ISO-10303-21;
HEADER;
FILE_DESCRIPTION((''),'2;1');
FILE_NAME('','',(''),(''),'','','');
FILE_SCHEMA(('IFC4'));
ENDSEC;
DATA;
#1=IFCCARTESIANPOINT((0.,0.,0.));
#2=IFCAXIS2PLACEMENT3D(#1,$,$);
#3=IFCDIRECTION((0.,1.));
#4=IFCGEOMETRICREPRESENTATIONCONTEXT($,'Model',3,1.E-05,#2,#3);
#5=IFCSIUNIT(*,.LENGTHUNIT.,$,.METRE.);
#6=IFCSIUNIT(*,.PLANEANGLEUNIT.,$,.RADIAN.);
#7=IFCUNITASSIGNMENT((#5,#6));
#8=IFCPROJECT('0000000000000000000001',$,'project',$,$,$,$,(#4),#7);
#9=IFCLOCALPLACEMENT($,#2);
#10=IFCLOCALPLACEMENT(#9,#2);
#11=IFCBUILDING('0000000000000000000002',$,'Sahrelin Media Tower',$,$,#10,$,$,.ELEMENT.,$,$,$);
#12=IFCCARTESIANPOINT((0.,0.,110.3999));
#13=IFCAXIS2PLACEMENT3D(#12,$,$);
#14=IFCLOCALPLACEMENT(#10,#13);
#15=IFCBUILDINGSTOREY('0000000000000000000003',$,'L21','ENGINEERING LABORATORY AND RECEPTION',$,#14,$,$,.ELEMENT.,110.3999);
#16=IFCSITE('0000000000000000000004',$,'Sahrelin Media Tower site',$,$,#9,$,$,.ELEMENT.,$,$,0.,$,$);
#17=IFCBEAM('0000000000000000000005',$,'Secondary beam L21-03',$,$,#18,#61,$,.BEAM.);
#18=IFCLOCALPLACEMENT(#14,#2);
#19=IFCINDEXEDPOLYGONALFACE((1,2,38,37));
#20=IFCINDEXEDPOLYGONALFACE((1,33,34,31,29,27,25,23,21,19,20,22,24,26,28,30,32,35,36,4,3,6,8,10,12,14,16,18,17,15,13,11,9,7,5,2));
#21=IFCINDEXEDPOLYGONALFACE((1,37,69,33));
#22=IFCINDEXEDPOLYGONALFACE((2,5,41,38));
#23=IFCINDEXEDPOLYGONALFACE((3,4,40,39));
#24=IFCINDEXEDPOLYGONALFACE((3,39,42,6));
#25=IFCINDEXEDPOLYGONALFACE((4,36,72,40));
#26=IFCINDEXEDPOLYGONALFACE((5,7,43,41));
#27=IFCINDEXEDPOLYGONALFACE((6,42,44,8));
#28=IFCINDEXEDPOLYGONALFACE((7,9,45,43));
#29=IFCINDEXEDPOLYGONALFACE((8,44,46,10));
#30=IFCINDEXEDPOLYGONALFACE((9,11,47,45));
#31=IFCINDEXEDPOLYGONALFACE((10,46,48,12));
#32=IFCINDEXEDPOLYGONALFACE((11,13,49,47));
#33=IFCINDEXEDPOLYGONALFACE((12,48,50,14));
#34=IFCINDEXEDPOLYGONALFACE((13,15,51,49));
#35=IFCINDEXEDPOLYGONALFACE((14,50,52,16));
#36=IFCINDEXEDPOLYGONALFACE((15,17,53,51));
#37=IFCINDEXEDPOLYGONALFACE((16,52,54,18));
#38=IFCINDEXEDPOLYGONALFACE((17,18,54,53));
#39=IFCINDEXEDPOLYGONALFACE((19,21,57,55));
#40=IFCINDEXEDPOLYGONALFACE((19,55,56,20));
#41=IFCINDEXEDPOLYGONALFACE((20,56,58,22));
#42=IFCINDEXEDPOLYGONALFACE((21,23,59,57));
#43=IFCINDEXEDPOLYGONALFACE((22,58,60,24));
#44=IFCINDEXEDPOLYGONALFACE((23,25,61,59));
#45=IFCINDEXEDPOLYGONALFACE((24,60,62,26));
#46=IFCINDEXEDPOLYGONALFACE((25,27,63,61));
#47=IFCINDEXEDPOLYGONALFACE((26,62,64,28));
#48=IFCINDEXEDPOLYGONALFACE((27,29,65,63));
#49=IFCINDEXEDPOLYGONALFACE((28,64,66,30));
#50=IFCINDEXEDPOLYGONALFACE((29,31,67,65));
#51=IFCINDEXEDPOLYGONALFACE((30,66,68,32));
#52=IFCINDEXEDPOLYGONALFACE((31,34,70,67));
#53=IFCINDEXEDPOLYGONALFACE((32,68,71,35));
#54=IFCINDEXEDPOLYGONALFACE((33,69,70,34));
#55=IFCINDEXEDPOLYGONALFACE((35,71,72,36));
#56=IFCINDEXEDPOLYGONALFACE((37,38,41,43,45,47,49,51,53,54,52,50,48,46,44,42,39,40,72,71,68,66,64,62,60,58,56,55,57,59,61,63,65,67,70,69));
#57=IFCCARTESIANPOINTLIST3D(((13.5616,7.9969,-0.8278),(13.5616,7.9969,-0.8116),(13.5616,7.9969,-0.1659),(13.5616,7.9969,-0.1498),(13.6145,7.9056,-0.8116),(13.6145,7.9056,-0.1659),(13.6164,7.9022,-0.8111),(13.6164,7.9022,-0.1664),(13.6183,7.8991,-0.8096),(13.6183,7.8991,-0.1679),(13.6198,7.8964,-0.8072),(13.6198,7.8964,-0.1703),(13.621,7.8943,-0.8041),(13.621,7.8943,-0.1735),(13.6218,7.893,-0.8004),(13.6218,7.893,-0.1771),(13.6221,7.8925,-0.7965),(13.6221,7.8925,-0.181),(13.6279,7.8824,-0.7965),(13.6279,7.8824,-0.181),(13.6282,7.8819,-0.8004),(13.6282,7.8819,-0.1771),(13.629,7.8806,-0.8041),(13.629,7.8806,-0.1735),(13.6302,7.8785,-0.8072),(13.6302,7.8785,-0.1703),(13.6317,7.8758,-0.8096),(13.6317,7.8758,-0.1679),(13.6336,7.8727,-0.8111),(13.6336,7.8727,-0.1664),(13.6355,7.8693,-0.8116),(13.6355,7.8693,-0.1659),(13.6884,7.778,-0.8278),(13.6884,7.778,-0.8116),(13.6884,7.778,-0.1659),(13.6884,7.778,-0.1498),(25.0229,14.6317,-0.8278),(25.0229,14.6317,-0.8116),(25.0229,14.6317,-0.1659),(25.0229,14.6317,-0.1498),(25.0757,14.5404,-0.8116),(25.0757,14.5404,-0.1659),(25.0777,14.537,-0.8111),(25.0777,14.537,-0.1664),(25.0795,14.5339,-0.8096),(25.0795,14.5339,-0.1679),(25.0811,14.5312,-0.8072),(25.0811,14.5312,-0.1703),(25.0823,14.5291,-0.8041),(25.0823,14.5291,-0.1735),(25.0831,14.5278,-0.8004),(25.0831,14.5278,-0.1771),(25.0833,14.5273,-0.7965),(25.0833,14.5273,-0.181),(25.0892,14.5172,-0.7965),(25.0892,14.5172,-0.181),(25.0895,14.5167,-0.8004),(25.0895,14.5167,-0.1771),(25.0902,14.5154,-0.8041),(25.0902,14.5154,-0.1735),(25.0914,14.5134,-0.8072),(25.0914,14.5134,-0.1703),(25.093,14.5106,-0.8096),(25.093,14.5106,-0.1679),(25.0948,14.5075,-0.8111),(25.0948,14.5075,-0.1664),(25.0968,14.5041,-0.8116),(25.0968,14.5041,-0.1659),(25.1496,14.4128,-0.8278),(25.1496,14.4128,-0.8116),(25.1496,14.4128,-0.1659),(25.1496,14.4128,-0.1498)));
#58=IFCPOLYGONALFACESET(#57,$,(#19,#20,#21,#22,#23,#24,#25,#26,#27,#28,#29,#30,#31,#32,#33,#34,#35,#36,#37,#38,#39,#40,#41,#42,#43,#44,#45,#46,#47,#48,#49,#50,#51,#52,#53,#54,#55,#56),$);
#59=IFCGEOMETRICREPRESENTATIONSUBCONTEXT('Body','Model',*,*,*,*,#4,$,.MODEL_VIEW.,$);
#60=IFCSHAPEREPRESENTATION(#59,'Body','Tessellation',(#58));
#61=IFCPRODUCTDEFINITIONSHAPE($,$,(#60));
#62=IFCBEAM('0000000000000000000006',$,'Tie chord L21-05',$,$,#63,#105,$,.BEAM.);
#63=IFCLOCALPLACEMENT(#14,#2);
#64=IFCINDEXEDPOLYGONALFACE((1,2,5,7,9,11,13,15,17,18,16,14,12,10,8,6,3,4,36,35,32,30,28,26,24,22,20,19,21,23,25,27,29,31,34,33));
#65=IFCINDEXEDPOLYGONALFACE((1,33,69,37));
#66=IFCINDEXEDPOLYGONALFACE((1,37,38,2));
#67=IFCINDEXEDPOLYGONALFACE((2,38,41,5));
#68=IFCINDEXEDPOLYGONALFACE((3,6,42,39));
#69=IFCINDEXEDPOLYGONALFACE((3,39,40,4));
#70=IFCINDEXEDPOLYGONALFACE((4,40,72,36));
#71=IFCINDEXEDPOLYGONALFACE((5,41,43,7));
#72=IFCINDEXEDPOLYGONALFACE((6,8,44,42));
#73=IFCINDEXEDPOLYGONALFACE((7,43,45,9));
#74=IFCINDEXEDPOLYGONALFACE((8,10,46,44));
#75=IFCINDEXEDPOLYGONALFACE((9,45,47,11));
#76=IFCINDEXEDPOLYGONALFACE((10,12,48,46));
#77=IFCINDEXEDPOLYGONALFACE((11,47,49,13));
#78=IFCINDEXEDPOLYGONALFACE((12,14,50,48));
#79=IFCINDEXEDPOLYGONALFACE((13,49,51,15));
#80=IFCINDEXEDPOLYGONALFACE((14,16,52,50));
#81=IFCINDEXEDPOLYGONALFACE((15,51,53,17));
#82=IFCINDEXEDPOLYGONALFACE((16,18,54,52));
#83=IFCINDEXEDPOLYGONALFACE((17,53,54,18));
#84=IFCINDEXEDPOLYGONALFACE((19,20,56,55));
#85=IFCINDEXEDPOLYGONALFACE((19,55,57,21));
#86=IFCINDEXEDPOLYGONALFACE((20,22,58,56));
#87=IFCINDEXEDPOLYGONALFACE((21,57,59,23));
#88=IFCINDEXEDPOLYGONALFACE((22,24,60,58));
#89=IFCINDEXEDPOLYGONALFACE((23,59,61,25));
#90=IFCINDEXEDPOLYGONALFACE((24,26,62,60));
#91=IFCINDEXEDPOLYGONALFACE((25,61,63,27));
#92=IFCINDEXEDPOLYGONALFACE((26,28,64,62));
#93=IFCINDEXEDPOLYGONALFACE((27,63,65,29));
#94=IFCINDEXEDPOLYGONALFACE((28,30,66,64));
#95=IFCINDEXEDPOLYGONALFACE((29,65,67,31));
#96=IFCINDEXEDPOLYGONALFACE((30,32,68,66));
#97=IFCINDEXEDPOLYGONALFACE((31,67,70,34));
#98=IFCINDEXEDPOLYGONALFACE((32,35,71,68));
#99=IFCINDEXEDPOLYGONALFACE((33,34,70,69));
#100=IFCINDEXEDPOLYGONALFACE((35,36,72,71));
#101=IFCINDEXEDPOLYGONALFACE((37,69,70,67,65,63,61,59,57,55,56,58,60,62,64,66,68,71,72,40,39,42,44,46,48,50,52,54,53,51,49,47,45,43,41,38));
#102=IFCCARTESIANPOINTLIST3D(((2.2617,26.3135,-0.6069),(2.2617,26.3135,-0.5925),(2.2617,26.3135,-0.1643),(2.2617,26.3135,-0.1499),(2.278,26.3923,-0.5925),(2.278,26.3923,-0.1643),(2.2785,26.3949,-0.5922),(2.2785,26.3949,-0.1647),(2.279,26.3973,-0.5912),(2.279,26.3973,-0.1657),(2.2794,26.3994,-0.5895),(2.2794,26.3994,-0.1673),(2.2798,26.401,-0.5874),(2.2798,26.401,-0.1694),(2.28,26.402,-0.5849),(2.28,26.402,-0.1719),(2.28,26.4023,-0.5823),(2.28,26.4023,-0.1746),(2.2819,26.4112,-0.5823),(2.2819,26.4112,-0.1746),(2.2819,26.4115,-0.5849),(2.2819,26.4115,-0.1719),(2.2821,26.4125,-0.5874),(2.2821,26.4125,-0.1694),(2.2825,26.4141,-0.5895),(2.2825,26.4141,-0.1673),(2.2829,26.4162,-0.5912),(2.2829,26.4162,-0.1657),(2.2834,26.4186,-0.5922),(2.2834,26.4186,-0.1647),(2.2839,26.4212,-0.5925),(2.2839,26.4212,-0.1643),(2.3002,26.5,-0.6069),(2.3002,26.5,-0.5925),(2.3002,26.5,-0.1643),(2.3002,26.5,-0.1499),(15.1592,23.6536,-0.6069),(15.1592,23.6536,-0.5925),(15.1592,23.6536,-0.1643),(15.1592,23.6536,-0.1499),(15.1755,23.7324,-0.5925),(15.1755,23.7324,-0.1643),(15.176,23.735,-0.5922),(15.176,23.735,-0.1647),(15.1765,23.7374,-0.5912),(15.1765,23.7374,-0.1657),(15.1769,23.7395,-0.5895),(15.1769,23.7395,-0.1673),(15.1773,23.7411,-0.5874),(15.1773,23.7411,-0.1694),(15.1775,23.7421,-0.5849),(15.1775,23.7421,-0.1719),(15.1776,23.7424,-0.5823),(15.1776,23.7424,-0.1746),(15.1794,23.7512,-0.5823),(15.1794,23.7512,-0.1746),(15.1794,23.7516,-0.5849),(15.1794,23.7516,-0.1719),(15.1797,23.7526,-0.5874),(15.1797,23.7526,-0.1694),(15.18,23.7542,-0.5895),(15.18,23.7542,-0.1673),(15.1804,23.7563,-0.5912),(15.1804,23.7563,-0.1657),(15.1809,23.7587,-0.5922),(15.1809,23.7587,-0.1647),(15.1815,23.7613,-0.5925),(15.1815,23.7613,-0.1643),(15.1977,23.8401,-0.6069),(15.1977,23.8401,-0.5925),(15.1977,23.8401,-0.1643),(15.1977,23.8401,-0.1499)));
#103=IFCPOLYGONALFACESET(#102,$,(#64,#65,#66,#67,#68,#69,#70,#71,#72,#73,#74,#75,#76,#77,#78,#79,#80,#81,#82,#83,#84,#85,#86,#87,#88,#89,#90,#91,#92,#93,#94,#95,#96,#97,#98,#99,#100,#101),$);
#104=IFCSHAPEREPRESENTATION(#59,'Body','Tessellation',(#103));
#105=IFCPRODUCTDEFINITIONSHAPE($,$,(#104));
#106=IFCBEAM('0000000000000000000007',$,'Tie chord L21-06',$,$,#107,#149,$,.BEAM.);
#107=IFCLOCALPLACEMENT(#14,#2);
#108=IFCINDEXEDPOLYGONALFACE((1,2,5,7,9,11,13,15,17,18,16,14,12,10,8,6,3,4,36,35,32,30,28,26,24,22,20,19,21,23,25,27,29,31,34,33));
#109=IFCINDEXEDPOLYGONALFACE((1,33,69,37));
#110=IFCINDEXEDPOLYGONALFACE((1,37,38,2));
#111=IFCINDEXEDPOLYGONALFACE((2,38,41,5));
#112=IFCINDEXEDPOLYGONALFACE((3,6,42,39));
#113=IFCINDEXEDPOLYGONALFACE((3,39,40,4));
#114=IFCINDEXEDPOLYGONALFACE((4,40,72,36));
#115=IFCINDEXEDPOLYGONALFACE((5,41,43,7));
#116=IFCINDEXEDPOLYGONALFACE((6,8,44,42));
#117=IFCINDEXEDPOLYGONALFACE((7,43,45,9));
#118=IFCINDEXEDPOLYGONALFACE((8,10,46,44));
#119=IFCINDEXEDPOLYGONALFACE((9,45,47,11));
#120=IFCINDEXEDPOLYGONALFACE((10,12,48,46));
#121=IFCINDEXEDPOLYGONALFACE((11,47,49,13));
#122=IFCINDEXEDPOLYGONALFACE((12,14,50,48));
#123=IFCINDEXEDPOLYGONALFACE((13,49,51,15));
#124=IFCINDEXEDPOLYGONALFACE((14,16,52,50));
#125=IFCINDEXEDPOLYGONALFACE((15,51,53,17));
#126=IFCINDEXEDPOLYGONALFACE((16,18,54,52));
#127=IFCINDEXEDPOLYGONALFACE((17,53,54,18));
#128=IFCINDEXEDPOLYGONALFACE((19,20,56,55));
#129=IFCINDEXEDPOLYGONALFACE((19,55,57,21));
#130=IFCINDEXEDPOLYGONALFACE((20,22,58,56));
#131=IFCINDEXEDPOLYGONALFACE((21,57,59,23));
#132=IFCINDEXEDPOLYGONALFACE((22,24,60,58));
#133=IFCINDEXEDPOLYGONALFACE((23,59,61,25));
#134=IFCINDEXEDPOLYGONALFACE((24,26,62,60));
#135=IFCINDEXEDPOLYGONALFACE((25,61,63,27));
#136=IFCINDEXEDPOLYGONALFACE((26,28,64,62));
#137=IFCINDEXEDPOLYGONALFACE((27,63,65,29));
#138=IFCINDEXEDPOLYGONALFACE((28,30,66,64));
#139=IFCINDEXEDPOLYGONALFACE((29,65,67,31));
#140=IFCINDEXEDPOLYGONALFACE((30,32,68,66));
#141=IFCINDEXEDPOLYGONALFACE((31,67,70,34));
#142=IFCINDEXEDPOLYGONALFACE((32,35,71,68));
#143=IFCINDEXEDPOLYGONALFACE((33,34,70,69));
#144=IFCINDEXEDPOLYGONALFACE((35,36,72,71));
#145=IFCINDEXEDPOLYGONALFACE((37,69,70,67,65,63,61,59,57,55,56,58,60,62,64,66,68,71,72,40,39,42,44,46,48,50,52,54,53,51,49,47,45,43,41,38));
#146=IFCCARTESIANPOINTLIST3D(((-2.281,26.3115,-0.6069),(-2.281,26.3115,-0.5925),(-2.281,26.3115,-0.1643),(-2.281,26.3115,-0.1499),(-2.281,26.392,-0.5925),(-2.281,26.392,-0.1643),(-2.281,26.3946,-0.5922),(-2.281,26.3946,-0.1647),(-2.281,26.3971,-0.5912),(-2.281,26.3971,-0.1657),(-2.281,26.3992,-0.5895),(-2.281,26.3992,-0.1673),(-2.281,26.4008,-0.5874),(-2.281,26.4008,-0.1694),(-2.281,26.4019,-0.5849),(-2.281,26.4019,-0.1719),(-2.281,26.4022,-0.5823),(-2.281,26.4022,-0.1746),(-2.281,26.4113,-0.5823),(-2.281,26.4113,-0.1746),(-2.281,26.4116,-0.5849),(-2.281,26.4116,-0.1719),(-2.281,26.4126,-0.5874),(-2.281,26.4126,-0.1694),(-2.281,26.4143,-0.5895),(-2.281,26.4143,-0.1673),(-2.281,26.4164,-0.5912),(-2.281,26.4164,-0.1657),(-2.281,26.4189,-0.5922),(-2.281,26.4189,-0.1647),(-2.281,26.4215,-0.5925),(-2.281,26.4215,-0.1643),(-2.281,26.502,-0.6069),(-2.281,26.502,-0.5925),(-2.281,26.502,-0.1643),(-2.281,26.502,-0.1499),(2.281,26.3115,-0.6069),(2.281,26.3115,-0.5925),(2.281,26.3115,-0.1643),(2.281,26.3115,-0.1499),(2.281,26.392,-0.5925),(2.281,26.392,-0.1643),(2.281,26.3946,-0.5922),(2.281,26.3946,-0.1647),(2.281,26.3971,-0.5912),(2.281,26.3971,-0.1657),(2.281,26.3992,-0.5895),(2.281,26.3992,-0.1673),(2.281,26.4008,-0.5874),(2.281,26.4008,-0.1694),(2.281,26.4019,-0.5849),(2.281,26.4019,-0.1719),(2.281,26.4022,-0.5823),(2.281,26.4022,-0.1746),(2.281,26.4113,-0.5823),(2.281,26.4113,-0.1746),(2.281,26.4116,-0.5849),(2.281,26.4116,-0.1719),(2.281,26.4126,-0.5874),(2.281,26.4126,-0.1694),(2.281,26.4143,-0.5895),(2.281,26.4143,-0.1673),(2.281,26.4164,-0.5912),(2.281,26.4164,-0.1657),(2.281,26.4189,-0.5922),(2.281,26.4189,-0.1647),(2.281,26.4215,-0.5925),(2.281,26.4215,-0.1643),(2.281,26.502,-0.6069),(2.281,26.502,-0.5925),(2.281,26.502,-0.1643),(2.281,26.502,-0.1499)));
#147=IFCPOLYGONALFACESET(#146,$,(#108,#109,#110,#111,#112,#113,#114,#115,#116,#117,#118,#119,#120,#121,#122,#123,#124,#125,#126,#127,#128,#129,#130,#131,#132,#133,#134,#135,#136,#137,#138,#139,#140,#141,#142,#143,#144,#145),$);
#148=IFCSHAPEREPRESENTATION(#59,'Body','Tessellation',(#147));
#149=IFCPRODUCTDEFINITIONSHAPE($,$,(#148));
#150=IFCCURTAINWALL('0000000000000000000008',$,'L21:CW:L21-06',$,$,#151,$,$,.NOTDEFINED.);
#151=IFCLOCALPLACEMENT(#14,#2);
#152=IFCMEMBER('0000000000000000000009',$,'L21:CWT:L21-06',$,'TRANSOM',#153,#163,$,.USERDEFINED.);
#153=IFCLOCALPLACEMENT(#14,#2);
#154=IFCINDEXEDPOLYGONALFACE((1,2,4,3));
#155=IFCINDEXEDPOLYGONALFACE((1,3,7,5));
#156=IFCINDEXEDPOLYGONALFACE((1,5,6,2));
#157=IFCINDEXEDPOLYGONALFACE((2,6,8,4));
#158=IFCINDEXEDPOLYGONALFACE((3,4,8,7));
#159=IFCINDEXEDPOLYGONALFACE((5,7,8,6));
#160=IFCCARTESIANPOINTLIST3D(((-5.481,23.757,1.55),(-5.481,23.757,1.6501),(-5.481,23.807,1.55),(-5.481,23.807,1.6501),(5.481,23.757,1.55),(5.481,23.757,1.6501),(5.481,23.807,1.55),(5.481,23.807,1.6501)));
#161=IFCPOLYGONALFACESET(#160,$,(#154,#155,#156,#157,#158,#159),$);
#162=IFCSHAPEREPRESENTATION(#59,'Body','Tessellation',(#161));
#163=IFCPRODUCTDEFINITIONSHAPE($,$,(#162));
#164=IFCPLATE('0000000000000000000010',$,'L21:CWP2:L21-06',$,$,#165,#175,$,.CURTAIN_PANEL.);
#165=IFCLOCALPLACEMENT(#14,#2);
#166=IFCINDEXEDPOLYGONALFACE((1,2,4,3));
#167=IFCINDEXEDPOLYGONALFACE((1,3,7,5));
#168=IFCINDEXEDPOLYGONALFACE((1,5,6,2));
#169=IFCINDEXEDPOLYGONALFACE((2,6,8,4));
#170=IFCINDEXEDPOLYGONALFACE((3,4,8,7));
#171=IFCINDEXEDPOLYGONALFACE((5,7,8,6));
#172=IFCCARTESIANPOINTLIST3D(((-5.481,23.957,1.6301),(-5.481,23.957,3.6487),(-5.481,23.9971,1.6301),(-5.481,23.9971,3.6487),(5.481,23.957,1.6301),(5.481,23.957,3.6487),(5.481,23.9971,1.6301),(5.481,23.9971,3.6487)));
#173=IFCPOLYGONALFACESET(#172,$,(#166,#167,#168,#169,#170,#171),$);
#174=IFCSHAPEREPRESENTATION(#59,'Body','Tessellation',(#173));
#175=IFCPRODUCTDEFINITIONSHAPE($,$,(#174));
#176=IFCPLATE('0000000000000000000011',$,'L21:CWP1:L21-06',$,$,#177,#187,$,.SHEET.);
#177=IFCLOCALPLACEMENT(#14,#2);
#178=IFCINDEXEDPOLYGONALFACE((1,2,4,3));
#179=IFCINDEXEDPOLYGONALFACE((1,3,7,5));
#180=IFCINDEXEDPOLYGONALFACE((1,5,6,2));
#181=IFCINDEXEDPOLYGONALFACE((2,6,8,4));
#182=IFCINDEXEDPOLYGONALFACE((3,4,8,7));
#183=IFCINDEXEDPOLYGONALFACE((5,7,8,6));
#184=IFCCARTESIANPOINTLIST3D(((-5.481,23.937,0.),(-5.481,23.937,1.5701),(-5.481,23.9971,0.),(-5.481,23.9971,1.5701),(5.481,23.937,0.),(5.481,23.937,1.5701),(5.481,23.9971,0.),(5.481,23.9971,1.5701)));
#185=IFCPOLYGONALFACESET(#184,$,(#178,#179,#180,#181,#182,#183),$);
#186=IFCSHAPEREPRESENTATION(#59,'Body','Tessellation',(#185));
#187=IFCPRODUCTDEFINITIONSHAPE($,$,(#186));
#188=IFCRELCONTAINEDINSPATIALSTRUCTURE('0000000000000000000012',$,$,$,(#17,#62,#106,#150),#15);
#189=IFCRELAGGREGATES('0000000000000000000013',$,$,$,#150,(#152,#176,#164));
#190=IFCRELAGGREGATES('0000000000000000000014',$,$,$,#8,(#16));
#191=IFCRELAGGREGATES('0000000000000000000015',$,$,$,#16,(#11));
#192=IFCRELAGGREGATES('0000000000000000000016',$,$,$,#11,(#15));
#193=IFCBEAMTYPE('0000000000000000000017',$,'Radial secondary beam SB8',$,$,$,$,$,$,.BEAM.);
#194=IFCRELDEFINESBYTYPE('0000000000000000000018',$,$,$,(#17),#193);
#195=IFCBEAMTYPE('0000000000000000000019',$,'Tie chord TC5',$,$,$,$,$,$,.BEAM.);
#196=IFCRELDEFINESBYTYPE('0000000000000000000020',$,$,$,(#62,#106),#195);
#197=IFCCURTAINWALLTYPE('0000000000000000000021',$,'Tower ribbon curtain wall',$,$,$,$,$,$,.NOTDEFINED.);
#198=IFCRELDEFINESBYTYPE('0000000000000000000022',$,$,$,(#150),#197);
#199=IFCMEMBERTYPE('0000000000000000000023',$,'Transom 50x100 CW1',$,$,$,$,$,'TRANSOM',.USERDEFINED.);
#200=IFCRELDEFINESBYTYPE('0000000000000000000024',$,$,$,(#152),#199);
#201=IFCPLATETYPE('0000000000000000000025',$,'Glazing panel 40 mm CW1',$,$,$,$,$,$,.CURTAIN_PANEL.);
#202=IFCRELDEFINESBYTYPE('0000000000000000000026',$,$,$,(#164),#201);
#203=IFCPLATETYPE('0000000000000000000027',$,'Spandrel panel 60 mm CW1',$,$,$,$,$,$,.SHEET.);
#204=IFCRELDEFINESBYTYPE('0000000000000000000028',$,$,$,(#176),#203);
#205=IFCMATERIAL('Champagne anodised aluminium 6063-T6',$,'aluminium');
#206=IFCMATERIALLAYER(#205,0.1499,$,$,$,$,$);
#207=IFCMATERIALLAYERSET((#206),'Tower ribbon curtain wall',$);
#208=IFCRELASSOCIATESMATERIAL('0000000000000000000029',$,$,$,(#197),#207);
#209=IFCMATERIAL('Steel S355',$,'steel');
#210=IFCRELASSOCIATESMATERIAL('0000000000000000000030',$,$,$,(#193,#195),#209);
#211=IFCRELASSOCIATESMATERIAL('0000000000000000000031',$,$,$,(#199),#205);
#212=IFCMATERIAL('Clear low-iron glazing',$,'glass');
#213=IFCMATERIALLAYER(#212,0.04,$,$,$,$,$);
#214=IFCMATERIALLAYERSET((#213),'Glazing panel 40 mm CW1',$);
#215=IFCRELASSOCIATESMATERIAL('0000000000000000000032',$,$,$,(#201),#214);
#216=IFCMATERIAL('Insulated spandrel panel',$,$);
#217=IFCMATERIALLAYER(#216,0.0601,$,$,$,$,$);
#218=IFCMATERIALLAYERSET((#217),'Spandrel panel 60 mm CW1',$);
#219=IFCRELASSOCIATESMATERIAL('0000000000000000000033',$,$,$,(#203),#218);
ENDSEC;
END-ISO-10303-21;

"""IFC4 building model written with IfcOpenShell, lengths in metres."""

from ifc_helpers import new_model, si_unit, direction, frame, origin, origin_2d, place, context, subcontext, project, spatial, polyline, rectangle, i_section, outline, extrude, material, layer, layer_set, material_profile, profile_set, type_object, element, aggregate, save


model = new_model("IFC4")

# Units and contexts
model_context = context("Model", 3, precision=1e-05, world=origin(), true_north=direction((0.0, 1.0)))
body_context = subcontext(model_context, "Body", "Model", "MODEL_VIEW")
ifc_project = project(units=[si_unit("LENGTHUNIT", "METRE"), si_unit("PLANEANGLEUNIT", "RADIAN")], contexts=[model_context])

# Site, building, storey
site_placement = place(None, origin())
site = spatial("IfcSite", under=ifc_project, at=site_placement, Name="Sahrelin Media Tower site", CompositionType="ELEMENT", RefElevation=0.0)
building_placement = place(site_placement, origin())
building = spatial("IfcBuilding", under=site, at=building_placement, Name="Sahrelin Media Tower", CompositionType="ELEMENT")
storey_placement = place(building_placement, frame((0.0, 0.0, 110.3999)))
storey = spatial("IfcBuildingStorey", under=building, at=storey_placement, Name="L21", Description="ENGINEERING LABORATORY AND RECEPTION", CompositionType="ELEMENT", Elevation=110.3999)

# Shared definitions
ifc_material_1 = material(Name="Steel S355", Category="steel")

# Shared definitions
ifc_material_2 = material(Name="Champagne anodised aluminium 6063-T6", Category="aluminium")
ifc_layer_1 = layer(ifc_material_2, 0.1499)
ifc_layer_set_1 = layer_set([ifc_layer_1], Name="Tower ribbon curtain wall")
curtain_wall_type = type_object("IfcCurtainWallType", Name="Tower ribbon curtain wall", PredefinedType="NOTDEFINED", material=ifc_layer_set_1)

# Beams
ifc_material_profile_1 = material_profile(ifc_material_1, i_section(OverallWidth=0.2529, OverallDepth=0.678, WebThickness=0.0117, FlangeThickness=0.0161, FilletRadius=0.0151, at=origin_2d()), Name="UB 686x254x125")
ifc_profile_set_1 = profile_set([ifc_material_profile_1], Name="Steel S355")
beam_type_1 = type_object("IfcBeamType", Name="Radial secondary beam SB8", PredefinedType="BEAM", material=ifc_profile_set_1)
beam_1_placement = place(storey_placement, frame((13.625, 7.8875, -0.4888), z_axis=(0.865448, 0.500999, 0.0), x_axis=(-0.500999, 0.865448, 0.0)))
element("IfcBeam", 1, at=beam_1_placement, inside=storey, type_object=beam_type_1, Name="Secondary beam L21-03", PredefinedType="BEAM", context=body_context, shape_type="SweptSolid", body=[
    extrude(i_section(OverallWidth=0.2529, OverallDepth=0.678, WebThickness=0.0117, FlangeThickness=0.0161, FilletRadius=0.0151, at=origin_2d()), origin(), (0.0, 0.0, 1.0), 13.2432),
])
ifc_material_profile_2 = material_profile(ifc_material_1, i_section(OverallWidth=0.1904, OverallDepth=0.457, WebThickness=0.009, FlangeThickness=0.0144, FilletRadius=0.0103, at=origin_2d()), Name="UB 457x191x74")
ifc_profile_set_2 = profile_set([ifc_material_profile_2], Name="Steel S355")
beam_type_2 = type_object("IfcBeamType", Name="Tie chord TC5", PredefinedType="BEAM", material=ifc_profile_set_2)
beam_2_placement = place(storey_placement, frame((15.1785, 23.7468, -0.3784), z_axis=(-0.979389, 0.201985, 0.0), x_axis=(-0.201985, -0.979389, 0.0)))
element("IfcBeam", 2, at=beam_2_placement, inside=storey, type_object=beam_type_2, Name="Tie chord L21-05", PredefinedType="BEAM", context=body_context, shape_type="SweptSolid", body=[
    extrude(i_section(OverallWidth=0.1904, OverallDepth=0.457, WebThickness=0.009, FlangeThickness=0.0144, FilletRadius=0.0103, at=origin_2d()), origin(), (0.0, 0.0, 1.0), 13.1689),
])
beam_3_placement = place(storey_placement, frame((2.281, 26.4067, -0.3784), z_axis=(-1.0, 0.0, 0.0), x_axis=(0.0, -1.0, 0.0)))
element("IfcBeam", 3, at=beam_3_placement, inside=storey, type_object=beam_type_2, Name="Tie chord L21-06", PredefinedType="BEAM", context=body_context, shape_type="SweptSolid", body=[
    extrude(i_section(OverallWidth=0.1904, OverallDepth=0.457, WebThickness=0.009, FlangeThickness=0.0144, FilletRadius=0.0103, at=origin_2d()), origin(), (0.0, 0.0, 1.0), 4.562),
])

# Curtain wall, member, plates
placement_1 = place(storey_placement, frame((0.0, 23.9771, 0.0), z_axis=(0.0, 0.0, 1.0), x_axis=(1.0, 0.0, 0.0)))
curtain_wall_1 = element("IfcCurtainWall", 4, at=placement_1, inside=storey, type_object=curtain_wall_type, Name="L21:CW:L21-06", PredefinedType="NOTDEFINED")
ifc_material_profile_3 = material_profile(ifc_material_2, rectangle(XDim=0.05, YDim=0.1001, at=origin_2d()), Name="Transom 50x100")
ifc_profile_set_3 = profile_set([ifc_material_profile_3], Name="Champagne anodised aluminium 6063-T6")
member_type_1 = type_object("IfcMemberType", Name="Transom 50x100 CW1", ElementType="TRANSOM", PredefinedType="USERDEFINED", material=ifc_profile_set_3)
member_1_placement = place(storey_placement, frame((5.481, 23.782, 1.6001), z_axis=(-1.0, 0.0, 0.0), x_axis=(0.0, -1.0, 0.0)))
member_1 = element("IfcMember", 5, at=member_1_placement, type_object=member_type_1, Name="L21:CWT:L21-06", ObjectType="TRANSOM", PredefinedType="USERDEFINED", context=body_context, shape_type="SweptSolid", body=[
    extrude(rectangle(XDim=0.05, YDim=0.1001, at=origin_2d()), origin(), (0.0, 0.0, 1.0), 10.9619),
])
ifc_material_3 = material(Name="Clear low-iron glazing", Category="glass")
ifc_layer_2 = layer(ifc_material_3, 0.04)
ifc_layer_set_2 = layer_set([ifc_layer_2], Name="Glazing panel 40 mm CW1")
plate_type_1 = type_object("IfcPlateType", Name="Glazing panel 40 mm CW1", PredefinedType="CURTAIN_PANEL", material=ifc_layer_set_2)
plate_1_placement = place(storey_placement, frame((5.481, 23.9971, 1.6301), z_axis=(0.0, 1.0, 0.0), x_axis=(-1.0, 0.0, 0.0)))
plate_1 = element("IfcPlate", 6, at=plate_1_placement, type_object=plate_type_1, Name="L21:CWP2:L21-06", PredefinedType="CURTAIN_PANEL", context=body_context, shape_type="SweptSolid", body=[
    extrude(outline(polyline([(0.0, 0.0), (10.9619, 0.0), (10.9619, 2.0186), (0.0, 2.0186), (0.0, 0.0)])), origin(), (0.0, 0.0, -1.0), 0.04),
])
ifc_material_4 = material(Name="Insulated spandrel panel")
ifc_layer_3 = layer(ifc_material_4, 0.0601)
ifc_layer_set_3 = layer_set([ifc_layer_3], Name="Spandrel panel 60 mm CW1")
plate_type_2 = type_object("IfcPlateType", Name="Spandrel panel 60 mm CW1", PredefinedType="SHEET", material=ifc_layer_set_3)
plate_2_placement = place(storey_placement, frame((5.481, 23.9971, 0.0), z_axis=(0.0, 1.0, 0.0), x_axis=(-1.0, 0.0, 0.0)))
plate_2 = element("IfcPlate", 7, at=plate_2_placement, type_object=plate_type_2, Name="L21:CWP1:L21-06", PredefinedType="SHEET", context=body_context, shape_type="SweptSolid", body=[
    extrude(outline(polyline([(0.0, 0.0), (10.9619, 0.0), (10.9619, 1.5701), (0.0, 1.5701), (0.0, 0.0)])), origin(), (0.0, 0.0, -1.0), 0.0601),
])
aggregate(curtain_wall_1, [member_1, plate_2, plate_1])

save(model, "model.ifc")
